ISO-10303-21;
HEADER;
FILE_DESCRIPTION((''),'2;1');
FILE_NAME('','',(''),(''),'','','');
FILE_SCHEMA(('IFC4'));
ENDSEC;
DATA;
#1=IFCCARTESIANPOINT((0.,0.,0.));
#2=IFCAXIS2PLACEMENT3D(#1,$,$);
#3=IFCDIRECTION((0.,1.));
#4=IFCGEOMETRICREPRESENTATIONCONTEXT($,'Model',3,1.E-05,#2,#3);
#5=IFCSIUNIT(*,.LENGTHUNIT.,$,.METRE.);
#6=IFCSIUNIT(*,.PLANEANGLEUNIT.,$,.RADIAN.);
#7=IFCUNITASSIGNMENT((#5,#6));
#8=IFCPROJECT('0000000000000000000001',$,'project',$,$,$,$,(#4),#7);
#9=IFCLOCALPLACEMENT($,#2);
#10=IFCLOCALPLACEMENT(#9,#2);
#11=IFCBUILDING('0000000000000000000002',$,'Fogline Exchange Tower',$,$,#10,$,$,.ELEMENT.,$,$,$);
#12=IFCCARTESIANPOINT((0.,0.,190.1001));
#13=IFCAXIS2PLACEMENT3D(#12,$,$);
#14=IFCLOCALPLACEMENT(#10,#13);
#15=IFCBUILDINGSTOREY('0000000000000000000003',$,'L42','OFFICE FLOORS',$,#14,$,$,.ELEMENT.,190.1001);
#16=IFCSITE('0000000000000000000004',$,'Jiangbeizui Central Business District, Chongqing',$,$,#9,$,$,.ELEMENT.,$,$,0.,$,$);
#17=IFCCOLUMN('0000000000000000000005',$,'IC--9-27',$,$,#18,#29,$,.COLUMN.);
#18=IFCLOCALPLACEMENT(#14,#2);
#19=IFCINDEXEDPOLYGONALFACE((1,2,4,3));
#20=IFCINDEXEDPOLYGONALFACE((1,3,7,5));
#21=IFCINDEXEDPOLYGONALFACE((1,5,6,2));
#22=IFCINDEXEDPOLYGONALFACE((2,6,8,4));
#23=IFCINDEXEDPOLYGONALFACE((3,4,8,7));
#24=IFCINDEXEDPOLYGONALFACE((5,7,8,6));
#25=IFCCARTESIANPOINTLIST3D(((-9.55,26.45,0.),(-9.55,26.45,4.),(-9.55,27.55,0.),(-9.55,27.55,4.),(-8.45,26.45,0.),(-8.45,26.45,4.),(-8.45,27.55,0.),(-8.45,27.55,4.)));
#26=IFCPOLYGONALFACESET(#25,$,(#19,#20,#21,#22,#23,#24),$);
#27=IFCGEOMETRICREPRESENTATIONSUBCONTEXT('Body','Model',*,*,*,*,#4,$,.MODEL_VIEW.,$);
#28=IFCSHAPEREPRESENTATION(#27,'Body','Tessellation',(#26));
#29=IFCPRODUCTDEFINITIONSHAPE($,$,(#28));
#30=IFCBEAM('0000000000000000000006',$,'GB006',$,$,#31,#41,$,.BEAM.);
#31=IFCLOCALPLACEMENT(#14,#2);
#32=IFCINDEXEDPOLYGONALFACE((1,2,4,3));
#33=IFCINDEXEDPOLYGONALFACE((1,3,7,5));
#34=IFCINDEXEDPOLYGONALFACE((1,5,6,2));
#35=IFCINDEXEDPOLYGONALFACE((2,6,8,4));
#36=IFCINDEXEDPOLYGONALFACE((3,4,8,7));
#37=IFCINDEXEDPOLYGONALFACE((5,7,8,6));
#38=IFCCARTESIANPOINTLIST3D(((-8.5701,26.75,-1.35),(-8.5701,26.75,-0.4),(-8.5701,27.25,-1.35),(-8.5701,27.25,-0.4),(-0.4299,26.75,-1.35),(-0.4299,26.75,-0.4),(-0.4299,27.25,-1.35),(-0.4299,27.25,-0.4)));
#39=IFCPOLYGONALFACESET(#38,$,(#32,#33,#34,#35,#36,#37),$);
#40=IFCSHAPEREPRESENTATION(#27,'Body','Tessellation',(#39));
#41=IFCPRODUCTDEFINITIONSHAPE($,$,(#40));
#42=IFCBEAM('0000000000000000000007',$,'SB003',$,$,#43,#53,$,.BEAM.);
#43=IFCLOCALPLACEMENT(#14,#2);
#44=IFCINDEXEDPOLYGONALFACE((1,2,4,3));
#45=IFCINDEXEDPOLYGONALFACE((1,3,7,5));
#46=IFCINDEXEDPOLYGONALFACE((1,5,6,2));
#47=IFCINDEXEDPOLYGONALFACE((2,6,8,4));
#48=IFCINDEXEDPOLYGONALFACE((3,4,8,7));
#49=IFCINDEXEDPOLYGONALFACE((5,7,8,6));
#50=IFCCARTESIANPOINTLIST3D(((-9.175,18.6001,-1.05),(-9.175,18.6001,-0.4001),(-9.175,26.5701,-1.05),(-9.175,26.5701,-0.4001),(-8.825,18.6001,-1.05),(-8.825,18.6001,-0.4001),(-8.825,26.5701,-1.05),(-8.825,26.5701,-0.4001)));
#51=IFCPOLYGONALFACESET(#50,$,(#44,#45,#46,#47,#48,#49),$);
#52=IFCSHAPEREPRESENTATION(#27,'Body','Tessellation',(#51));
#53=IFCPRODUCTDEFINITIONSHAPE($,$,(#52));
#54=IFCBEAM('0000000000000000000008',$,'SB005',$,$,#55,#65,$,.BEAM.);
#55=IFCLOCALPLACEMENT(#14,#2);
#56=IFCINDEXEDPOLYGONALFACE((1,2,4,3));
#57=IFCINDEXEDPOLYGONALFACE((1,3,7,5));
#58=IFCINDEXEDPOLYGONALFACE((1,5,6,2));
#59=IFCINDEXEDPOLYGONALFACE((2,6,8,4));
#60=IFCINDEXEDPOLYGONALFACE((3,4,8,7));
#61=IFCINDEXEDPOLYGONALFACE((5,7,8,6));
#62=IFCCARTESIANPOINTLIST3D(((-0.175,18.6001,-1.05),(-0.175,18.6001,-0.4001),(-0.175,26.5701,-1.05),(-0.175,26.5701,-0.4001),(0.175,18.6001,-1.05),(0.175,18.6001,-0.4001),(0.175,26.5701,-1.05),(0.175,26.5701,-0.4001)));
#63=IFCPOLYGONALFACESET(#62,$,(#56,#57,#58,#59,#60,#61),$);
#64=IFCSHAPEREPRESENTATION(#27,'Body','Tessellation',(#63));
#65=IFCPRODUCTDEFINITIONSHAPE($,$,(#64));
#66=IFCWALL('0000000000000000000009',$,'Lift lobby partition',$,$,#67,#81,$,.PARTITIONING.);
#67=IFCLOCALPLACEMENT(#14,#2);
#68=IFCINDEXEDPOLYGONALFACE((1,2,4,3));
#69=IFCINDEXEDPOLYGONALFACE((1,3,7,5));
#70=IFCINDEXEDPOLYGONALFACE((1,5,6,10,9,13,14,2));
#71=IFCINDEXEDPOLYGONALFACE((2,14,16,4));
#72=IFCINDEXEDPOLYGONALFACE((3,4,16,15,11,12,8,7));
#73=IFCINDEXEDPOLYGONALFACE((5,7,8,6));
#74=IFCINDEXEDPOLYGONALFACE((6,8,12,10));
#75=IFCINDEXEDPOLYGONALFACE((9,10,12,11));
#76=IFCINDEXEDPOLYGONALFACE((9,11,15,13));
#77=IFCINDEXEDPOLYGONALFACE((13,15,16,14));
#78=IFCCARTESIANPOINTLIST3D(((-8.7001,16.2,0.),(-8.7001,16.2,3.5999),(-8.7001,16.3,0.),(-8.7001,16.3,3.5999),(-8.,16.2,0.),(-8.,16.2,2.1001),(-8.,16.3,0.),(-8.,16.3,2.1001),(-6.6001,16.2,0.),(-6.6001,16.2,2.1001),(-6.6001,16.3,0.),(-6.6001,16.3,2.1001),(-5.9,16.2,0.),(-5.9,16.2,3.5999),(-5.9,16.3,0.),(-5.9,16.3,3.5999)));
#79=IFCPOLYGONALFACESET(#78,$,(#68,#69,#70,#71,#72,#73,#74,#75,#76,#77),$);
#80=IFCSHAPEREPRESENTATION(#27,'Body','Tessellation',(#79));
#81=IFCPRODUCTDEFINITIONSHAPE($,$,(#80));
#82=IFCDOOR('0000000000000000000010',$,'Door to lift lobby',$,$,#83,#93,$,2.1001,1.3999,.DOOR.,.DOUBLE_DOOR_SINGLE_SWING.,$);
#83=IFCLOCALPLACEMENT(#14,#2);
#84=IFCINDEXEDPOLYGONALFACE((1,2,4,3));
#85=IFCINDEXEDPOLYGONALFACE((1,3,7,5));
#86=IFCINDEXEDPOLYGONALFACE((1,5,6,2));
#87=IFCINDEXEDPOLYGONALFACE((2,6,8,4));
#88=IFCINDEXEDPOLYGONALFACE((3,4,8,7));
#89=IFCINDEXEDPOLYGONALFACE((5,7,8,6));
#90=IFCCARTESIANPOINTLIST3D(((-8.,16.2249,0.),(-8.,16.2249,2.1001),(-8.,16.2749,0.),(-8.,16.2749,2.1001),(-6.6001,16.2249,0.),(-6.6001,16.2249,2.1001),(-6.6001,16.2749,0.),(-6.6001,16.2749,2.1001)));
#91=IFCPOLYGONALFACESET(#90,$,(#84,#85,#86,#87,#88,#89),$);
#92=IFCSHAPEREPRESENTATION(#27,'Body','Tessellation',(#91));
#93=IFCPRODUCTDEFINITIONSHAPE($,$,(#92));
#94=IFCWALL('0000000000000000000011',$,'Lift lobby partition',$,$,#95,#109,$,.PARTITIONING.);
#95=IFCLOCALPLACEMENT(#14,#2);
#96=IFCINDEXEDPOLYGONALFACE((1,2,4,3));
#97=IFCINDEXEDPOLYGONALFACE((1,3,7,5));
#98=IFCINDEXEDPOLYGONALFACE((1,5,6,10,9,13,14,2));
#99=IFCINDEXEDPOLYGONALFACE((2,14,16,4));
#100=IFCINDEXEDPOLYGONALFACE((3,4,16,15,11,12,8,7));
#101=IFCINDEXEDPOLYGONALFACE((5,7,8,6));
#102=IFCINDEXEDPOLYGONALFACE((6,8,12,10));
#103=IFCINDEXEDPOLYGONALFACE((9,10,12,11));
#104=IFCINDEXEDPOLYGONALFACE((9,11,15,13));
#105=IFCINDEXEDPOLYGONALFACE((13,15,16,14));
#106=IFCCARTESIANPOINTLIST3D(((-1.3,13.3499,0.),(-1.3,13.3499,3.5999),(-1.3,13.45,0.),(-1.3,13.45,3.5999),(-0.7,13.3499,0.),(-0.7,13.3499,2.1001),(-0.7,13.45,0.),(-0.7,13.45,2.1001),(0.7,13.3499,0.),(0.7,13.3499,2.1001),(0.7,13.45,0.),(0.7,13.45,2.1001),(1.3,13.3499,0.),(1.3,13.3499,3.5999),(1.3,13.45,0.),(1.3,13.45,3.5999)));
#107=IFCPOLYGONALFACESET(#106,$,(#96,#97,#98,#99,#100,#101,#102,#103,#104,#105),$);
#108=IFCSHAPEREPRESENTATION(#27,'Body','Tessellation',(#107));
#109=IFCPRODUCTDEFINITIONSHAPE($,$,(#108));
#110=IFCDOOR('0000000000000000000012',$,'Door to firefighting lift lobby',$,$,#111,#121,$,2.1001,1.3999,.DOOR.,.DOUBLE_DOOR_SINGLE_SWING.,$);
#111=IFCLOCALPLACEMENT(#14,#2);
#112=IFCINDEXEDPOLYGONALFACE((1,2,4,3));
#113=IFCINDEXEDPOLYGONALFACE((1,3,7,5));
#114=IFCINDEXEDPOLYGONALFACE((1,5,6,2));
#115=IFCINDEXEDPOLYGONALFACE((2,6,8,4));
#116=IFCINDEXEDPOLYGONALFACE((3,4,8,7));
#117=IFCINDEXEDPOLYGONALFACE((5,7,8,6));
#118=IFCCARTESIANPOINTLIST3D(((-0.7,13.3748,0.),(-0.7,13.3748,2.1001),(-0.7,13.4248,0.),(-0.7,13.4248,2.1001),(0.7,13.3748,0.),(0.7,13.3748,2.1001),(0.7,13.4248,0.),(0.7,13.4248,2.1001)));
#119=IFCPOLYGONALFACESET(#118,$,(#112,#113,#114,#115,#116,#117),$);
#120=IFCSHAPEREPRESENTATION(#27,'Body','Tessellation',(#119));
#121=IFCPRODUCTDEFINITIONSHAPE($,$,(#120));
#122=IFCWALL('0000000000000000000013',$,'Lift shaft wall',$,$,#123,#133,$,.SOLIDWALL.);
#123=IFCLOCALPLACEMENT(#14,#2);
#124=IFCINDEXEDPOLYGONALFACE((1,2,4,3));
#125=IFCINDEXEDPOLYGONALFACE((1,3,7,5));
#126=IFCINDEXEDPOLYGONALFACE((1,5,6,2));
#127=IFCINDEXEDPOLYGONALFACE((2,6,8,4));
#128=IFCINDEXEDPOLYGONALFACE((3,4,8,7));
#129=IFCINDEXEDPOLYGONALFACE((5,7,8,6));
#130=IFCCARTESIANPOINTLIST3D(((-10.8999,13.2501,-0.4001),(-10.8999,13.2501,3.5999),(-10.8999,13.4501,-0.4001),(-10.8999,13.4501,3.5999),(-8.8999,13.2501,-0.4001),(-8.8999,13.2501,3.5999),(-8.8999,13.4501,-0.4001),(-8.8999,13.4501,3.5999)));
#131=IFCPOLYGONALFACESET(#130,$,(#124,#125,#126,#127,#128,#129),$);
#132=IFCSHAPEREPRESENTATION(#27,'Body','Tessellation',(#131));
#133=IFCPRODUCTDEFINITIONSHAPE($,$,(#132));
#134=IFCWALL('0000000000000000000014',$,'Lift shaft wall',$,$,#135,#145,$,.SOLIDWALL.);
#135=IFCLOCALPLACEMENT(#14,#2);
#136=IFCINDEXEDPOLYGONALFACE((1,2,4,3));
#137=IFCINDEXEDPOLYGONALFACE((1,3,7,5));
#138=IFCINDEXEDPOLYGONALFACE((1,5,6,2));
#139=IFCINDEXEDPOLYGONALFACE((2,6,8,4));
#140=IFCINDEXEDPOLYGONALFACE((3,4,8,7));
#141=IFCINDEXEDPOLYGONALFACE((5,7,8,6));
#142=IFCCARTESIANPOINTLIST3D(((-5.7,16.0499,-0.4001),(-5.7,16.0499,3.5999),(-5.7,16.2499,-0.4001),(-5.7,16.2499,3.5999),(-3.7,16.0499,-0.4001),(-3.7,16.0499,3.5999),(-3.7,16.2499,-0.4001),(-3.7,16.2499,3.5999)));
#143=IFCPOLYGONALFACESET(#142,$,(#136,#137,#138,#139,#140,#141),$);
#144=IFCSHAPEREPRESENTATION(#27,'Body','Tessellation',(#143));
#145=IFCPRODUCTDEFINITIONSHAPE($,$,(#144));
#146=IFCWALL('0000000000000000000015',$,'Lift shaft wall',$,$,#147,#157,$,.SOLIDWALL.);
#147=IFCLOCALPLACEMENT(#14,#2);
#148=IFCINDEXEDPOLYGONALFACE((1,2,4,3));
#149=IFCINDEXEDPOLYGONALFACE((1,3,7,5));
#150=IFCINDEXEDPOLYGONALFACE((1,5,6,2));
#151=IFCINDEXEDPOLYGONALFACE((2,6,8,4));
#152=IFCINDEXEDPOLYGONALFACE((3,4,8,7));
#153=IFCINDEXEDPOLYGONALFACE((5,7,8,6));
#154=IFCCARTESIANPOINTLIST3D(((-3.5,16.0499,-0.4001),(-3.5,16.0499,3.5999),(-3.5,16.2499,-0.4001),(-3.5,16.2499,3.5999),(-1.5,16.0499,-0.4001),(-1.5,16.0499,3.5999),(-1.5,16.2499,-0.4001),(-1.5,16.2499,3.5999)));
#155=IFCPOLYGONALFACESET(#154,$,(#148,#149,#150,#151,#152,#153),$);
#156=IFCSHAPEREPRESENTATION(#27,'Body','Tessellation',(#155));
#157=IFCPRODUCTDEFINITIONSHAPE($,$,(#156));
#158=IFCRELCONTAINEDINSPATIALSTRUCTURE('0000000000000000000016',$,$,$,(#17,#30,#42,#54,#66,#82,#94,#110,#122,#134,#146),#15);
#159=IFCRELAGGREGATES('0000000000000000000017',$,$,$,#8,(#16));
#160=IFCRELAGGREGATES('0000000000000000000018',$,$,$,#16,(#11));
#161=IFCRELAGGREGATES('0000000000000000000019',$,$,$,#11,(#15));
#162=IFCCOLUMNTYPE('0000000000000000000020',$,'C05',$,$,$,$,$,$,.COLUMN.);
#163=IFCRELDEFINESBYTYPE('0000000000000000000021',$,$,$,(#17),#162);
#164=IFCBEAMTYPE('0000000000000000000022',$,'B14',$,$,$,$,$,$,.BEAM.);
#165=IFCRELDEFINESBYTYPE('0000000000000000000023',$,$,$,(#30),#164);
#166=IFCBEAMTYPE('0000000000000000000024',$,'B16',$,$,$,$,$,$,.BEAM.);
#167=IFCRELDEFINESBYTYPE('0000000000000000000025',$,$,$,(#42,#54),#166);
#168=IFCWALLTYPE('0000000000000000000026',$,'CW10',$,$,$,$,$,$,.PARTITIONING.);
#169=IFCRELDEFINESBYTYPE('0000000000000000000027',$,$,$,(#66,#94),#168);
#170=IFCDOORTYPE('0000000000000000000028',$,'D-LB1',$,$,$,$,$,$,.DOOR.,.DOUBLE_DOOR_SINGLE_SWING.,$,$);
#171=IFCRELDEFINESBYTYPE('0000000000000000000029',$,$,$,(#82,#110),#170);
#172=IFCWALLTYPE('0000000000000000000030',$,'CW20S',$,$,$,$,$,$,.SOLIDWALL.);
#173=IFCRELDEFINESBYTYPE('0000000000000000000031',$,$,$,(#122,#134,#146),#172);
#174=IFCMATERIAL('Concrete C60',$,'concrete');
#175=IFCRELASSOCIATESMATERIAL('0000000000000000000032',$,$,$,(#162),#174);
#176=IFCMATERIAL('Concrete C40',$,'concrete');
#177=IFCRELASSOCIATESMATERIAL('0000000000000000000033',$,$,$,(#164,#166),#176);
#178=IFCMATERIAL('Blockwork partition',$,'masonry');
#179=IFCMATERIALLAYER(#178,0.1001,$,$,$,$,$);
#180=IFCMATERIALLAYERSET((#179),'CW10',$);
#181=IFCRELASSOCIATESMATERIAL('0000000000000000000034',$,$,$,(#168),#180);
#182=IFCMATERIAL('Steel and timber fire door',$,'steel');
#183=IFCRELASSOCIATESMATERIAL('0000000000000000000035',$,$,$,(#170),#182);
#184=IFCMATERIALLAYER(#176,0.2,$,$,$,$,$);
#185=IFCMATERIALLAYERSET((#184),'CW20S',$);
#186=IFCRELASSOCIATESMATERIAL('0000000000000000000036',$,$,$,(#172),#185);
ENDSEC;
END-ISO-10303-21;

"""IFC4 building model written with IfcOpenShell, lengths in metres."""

from ifc_helpers import new_model, si_unit, direction, frame, frame_2d, origin, origin_2d, place, context, subcontext, project, spatial, rectangle, extrude, material, layer, layer_set, material_profile, profile_set, type_object, element, fill, save


model = new_model("IFC4")

# Units and contexts
model_context = context("Model", 3, precision=1e-05, world=origin(), true_north=direction((0.0, 1.0)))
body_context = subcontext(model_context, "Body", "Model", "MODEL_VIEW")
ifc_project = project(units=[si_unit("LENGTHUNIT", "METRE"), si_unit("PLANEANGLEUNIT", "RADIAN")], contexts=[model_context])

# Site, building, storey
site_placement = place(None, origin())
site = spatial("IfcSite", under=ifc_project, at=site_placement, Name="Jiangbeizui Central Business District, Chongqing", CompositionType="ELEMENT", RefElevation=0.0)
building_placement = place(site_placement, origin())
building = spatial("IfcBuilding", under=site, at=building_placement, Name="Fogline Exchange Tower", CompositionType="ELEMENT")
storey_placement = place(building_placement, frame((0.0, 0.0, 190.1001)))
storey = spatial("IfcBuildingStorey", under=building, at=storey_placement, Name="L42", Description="OFFICE FLOORS", CompositionType="ELEMENT", Elevation=190.1001)

# Column
ifc_material_1 = material(Name="Concrete C60", Category="concrete")
ifc_material_profile_1 = material_profile(ifc_material_1, rectangle(XDim=1.1001, YDim=1.1001, at=origin_2d()), Name="RC 1100x1100")
ifc_profile_set_1 = profile_set([ifc_material_profile_1], Name="Concrete C60")
column_type = type_object("IfcColumnType", Name="C05", PredefinedType="COLUMN", material=ifc_profile_set_1)
column_placement = place(storey_placement, frame((-9.0, 27.0, 0.0), z_axis=(0.0, 0.0, 1.0), x_axis=(1.0, 0.0, 0.0)))
element("IfcColumn", 1, at=column_placement, inside=storey, type_object=column_type, Name="IC--9-27", PredefinedType="COLUMN", context=body_context, shape_type="SweptSolid", body=[
    extrude(rectangle(XDim=1.1001, YDim=1.1001, at=origin_2d()), origin(), (0.0, 0.0, 1.0), 4.0),
])

# Beams
ifc_material_2 = material(Name="Concrete C40", Category="concrete")
ifc_material_profile_2 = material_profile(ifc_material_2, rectangle(XDim=0.5, YDim=0.95, at=origin_2d()), Name="RC 500x950")
ifc_profile_set_2 = profile_set([ifc_material_profile_2], Name="Concrete C40")
beam_type_1 = type_object("IfcBeamType", Name="B14", PredefinedType="BEAM", material=ifc_profile_set_2)
beam_placement = place(storey_placement, frame((-8.5701, 27.0, -0.875), z_axis=(1.0, 0.0, 0.0), x_axis=(0.0, 1.0, 0.0)))
element("IfcBeam", 2, at=beam_placement, inside=storey, type_object=beam_type_1, Name="GB006", PredefinedType="BEAM", context=body_context, shape_type="SweptSolid", body=[
    extrude(rectangle(XDim=0.5, YDim=0.95, at=origin_2d()), origin(), (0.0, 0.0, 1.0), 8.1401),
])
ifc_material_profile_3 = material_profile(ifc_material_2, rectangle(XDim=0.3501, YDim=0.6499, at=origin_2d()), Name="RC 350x650")
ifc_profile_set_3 = profile_set([ifc_material_profile_3], Name="Concrete C40")
beam_type_2 = type_object("IfcBeamType", Name="B16", PredefinedType="BEAM", material=ifc_profile_set_3)
for number, where, z_axis, x_axis, name in (
    (3, (-9.0, 18.6001, -0.7251), (0.0, 1.0, 0.0), (-1.0, 0.0, 0.0), "SB003"),
    (4, (0.0, 18.6001, -0.7251), (0.0, 1.0, 0.0), (-1.0, 0.0, 0.0), "SB005"),
):
    element("IfcBeam", number, at=place(storey_placement, frame(where, z_axis=z_axis, x_axis=x_axis)), inside=storey, type_object=beam_type_2, Name=name, PredefinedType="BEAM", context=body_context, shape_type="SweptSolid", body=[
        extrude(rectangle(XDim=0.3501, YDim=0.6499, at=origin_2d()), origin(), (0.0, 0.0, 1.0), 7.97),
    ])

# Walls, openings, doors
ifc_material_3 = material(Name="Blockwork partition", Category="masonry")
ifc_layer_1 = layer(ifc_material_3, 0.1001)
ifc_layer_set_1 = layer_set([ifc_layer_1], Name="CW10")
wall_type_1 = type_object("IfcWallType", Name="CW10", PredefinedType="PARTITIONING", material=ifc_layer_set_1)
wall_1_placement = place(storey_placement, frame((-8.7, 16.25, 0.0), z_axis=(0.0, 0.0, 1.0), x_axis=(1.0, 0.0, 0.0)))
wall_1 = element("IfcWall", 5, at=wall_1_placement, inside=storey, type_object=wall_type_1, Name="Lift lobby partition", PredefinedType="PARTITIONING", context=body_context, shape_type="SweptSolid", body=[
    extrude(rectangle(XDim=2.8, YDim=0.1001, at=frame_2d((1.3999, 0.0))), origin(), (0.0, 0.0, 1.0), 3.5999),
])
opening_1_placement = place(wall_1_placement, frame((0.7, 0.0, 0.0)))
opening_1 = element("IfcOpeningElement", 6, at=opening_1_placement, cuts=wall_1, PredefinedType="OPENING", context=body_context, shape_type="SweptSolid", body=[
    extrude(rectangle(XDim=1.3999, YDim=2.1001, at=frame_2d((0.7, 1.05))), frame((0.0, 0.0601, 0.0), z_axis=(0.0, -1.0, 0.0), x_axis=(1.0, 0.0, 0.0)), (0.0, 0.0, 1.0), 0.1201),
])
ifc_material_4 = material(Name="Steel and timber fire door", Category="steel")
door_type_1 = type_object("IfcDoorType", Name="D-LB1", OperationType="DOUBLE_DOOR_SINGLE_SWING", PredefinedType="DOOR", material=ifc_material_4)
door_1_placement = place(opening_1_placement, origin())
door_1 = element("IfcDoor", 7, at=door_1_placement, inside=storey, type_object=door_type_1, Name="Door to lift lobby", OperationType="DOUBLE_DOOR_SINGLE_SWING", OverallHeight=2.1001, OverallWidth=1.3999, PredefinedType="DOOR", context=body_context, shape_type="SweptSolid", body=[
    extrude(rectangle(XDim=1.3999, YDim=2.1001, at=frame_2d((0.7, 1.05))), frame((0.0, 0.0249, 0.0), z_axis=(0.0, -1.0, 0.0), x_axis=(1.0, 0.0, 0.0)), (0.0, 0.0, 1.0), 0.05),
])
fill(opening_1, door_1)
wall_2_placement = place(storey_placement, frame((-1.3, 13.3999, 0.0), z_axis=(0.0, 0.0, 1.0), x_axis=(1.0, 0.0, 0.0)))
wall_2 = element("IfcWall", 8, at=wall_2_placement, inside=storey, type_object=wall_type_1, Name="Lift lobby partition", PredefinedType="PARTITIONING", context=body_context, shape_type="SweptSolid", body=[
    extrude(rectangle(XDim=2.6001, YDim=0.1001, at=frame_2d((1.3, 0.0))), origin(), (0.0, 0.0, 1.0), 3.5999),
])
opening_2_placement = place(wall_2_placement, frame((0.6001, 0.0, 0.0)))
opening_2 = element("IfcOpeningElement", 9, at=opening_2_placement, cuts=wall_2, PredefinedType="OPENING", context=body_context, shape_type="SweptSolid", body=[
    extrude(rectangle(XDim=1.3999, YDim=2.1001, at=frame_2d((0.7, 1.05))), frame((0.0, 0.0601, 0.0), z_axis=(0.0, -1.0, 0.0), x_axis=(1.0, 0.0, 0.0)), (0.0, 0.0, 1.0), 0.1201),
])
door_2_placement = place(opening_2_placement, origin())
door_2 = element("IfcDoor", 10, at=door_2_placement, inside=storey, type_object=door_type_1, Name="Door to firefighting lift lobby", OperationType="DOUBLE_DOOR_SINGLE_SWING", OverallHeight=2.1001, OverallWidth=1.3999, PredefinedType="DOOR", context=body_context, shape_type="SweptSolid", body=[
    extrude(rectangle(XDim=1.3999, YDim=2.1001, at=frame_2d((0.7, 1.05))), frame((0.0, 0.0249, 0.0), z_axis=(0.0, -1.0, 0.0), x_axis=(1.0, 0.0, 0.0)), (0.0, 0.0, 1.0), 0.05),
])
fill(opening_2, door_2)

# Walls
ifc_layer_2 = layer(ifc_material_2, 0.2)
ifc_layer_set_2 = layer_set([ifc_layer_2], Name="CW20S")
wall_type_2 = type_object("IfcWallType", Name="CW20S", PredefinedType="SOLIDWALL", material=ifc_layer_set_2)
for number, where, z_axis, x_axis, name in (
    (11, (-10.8999, 13.3501, -0.4001), (0.0, 0.0, 1.0), (1.0, 0.0, 0.0), "Lift shaft wall"),
    (12, (-5.7, 16.1499, -0.4001), (0.0, 0.0, 1.0), (1.0, 0.0, 0.0), "Lift shaft wall"),
    (13, (-3.5, 16.1499, -0.4001), (0.0, 0.0, 1.0), (1.0, 0.0, 0.0), "Lift shaft wall"),
):
    element("IfcWall", number, at=place(storey_placement, frame(where, z_axis=z_axis, x_axis=x_axis)), inside=storey, type_object=wall_type_2, Name=name, PredefinedType="SOLIDWALL", context=body_context, shape_type="SweptSolid", body=[
        extrude(rectangle(XDim=2.0, YDim=0.2, at=frame_2d((1.0, 0.0))), origin(), (0.0, 0.0, 1.0), 4.0),
    ])

save(model, "model.ifc")
